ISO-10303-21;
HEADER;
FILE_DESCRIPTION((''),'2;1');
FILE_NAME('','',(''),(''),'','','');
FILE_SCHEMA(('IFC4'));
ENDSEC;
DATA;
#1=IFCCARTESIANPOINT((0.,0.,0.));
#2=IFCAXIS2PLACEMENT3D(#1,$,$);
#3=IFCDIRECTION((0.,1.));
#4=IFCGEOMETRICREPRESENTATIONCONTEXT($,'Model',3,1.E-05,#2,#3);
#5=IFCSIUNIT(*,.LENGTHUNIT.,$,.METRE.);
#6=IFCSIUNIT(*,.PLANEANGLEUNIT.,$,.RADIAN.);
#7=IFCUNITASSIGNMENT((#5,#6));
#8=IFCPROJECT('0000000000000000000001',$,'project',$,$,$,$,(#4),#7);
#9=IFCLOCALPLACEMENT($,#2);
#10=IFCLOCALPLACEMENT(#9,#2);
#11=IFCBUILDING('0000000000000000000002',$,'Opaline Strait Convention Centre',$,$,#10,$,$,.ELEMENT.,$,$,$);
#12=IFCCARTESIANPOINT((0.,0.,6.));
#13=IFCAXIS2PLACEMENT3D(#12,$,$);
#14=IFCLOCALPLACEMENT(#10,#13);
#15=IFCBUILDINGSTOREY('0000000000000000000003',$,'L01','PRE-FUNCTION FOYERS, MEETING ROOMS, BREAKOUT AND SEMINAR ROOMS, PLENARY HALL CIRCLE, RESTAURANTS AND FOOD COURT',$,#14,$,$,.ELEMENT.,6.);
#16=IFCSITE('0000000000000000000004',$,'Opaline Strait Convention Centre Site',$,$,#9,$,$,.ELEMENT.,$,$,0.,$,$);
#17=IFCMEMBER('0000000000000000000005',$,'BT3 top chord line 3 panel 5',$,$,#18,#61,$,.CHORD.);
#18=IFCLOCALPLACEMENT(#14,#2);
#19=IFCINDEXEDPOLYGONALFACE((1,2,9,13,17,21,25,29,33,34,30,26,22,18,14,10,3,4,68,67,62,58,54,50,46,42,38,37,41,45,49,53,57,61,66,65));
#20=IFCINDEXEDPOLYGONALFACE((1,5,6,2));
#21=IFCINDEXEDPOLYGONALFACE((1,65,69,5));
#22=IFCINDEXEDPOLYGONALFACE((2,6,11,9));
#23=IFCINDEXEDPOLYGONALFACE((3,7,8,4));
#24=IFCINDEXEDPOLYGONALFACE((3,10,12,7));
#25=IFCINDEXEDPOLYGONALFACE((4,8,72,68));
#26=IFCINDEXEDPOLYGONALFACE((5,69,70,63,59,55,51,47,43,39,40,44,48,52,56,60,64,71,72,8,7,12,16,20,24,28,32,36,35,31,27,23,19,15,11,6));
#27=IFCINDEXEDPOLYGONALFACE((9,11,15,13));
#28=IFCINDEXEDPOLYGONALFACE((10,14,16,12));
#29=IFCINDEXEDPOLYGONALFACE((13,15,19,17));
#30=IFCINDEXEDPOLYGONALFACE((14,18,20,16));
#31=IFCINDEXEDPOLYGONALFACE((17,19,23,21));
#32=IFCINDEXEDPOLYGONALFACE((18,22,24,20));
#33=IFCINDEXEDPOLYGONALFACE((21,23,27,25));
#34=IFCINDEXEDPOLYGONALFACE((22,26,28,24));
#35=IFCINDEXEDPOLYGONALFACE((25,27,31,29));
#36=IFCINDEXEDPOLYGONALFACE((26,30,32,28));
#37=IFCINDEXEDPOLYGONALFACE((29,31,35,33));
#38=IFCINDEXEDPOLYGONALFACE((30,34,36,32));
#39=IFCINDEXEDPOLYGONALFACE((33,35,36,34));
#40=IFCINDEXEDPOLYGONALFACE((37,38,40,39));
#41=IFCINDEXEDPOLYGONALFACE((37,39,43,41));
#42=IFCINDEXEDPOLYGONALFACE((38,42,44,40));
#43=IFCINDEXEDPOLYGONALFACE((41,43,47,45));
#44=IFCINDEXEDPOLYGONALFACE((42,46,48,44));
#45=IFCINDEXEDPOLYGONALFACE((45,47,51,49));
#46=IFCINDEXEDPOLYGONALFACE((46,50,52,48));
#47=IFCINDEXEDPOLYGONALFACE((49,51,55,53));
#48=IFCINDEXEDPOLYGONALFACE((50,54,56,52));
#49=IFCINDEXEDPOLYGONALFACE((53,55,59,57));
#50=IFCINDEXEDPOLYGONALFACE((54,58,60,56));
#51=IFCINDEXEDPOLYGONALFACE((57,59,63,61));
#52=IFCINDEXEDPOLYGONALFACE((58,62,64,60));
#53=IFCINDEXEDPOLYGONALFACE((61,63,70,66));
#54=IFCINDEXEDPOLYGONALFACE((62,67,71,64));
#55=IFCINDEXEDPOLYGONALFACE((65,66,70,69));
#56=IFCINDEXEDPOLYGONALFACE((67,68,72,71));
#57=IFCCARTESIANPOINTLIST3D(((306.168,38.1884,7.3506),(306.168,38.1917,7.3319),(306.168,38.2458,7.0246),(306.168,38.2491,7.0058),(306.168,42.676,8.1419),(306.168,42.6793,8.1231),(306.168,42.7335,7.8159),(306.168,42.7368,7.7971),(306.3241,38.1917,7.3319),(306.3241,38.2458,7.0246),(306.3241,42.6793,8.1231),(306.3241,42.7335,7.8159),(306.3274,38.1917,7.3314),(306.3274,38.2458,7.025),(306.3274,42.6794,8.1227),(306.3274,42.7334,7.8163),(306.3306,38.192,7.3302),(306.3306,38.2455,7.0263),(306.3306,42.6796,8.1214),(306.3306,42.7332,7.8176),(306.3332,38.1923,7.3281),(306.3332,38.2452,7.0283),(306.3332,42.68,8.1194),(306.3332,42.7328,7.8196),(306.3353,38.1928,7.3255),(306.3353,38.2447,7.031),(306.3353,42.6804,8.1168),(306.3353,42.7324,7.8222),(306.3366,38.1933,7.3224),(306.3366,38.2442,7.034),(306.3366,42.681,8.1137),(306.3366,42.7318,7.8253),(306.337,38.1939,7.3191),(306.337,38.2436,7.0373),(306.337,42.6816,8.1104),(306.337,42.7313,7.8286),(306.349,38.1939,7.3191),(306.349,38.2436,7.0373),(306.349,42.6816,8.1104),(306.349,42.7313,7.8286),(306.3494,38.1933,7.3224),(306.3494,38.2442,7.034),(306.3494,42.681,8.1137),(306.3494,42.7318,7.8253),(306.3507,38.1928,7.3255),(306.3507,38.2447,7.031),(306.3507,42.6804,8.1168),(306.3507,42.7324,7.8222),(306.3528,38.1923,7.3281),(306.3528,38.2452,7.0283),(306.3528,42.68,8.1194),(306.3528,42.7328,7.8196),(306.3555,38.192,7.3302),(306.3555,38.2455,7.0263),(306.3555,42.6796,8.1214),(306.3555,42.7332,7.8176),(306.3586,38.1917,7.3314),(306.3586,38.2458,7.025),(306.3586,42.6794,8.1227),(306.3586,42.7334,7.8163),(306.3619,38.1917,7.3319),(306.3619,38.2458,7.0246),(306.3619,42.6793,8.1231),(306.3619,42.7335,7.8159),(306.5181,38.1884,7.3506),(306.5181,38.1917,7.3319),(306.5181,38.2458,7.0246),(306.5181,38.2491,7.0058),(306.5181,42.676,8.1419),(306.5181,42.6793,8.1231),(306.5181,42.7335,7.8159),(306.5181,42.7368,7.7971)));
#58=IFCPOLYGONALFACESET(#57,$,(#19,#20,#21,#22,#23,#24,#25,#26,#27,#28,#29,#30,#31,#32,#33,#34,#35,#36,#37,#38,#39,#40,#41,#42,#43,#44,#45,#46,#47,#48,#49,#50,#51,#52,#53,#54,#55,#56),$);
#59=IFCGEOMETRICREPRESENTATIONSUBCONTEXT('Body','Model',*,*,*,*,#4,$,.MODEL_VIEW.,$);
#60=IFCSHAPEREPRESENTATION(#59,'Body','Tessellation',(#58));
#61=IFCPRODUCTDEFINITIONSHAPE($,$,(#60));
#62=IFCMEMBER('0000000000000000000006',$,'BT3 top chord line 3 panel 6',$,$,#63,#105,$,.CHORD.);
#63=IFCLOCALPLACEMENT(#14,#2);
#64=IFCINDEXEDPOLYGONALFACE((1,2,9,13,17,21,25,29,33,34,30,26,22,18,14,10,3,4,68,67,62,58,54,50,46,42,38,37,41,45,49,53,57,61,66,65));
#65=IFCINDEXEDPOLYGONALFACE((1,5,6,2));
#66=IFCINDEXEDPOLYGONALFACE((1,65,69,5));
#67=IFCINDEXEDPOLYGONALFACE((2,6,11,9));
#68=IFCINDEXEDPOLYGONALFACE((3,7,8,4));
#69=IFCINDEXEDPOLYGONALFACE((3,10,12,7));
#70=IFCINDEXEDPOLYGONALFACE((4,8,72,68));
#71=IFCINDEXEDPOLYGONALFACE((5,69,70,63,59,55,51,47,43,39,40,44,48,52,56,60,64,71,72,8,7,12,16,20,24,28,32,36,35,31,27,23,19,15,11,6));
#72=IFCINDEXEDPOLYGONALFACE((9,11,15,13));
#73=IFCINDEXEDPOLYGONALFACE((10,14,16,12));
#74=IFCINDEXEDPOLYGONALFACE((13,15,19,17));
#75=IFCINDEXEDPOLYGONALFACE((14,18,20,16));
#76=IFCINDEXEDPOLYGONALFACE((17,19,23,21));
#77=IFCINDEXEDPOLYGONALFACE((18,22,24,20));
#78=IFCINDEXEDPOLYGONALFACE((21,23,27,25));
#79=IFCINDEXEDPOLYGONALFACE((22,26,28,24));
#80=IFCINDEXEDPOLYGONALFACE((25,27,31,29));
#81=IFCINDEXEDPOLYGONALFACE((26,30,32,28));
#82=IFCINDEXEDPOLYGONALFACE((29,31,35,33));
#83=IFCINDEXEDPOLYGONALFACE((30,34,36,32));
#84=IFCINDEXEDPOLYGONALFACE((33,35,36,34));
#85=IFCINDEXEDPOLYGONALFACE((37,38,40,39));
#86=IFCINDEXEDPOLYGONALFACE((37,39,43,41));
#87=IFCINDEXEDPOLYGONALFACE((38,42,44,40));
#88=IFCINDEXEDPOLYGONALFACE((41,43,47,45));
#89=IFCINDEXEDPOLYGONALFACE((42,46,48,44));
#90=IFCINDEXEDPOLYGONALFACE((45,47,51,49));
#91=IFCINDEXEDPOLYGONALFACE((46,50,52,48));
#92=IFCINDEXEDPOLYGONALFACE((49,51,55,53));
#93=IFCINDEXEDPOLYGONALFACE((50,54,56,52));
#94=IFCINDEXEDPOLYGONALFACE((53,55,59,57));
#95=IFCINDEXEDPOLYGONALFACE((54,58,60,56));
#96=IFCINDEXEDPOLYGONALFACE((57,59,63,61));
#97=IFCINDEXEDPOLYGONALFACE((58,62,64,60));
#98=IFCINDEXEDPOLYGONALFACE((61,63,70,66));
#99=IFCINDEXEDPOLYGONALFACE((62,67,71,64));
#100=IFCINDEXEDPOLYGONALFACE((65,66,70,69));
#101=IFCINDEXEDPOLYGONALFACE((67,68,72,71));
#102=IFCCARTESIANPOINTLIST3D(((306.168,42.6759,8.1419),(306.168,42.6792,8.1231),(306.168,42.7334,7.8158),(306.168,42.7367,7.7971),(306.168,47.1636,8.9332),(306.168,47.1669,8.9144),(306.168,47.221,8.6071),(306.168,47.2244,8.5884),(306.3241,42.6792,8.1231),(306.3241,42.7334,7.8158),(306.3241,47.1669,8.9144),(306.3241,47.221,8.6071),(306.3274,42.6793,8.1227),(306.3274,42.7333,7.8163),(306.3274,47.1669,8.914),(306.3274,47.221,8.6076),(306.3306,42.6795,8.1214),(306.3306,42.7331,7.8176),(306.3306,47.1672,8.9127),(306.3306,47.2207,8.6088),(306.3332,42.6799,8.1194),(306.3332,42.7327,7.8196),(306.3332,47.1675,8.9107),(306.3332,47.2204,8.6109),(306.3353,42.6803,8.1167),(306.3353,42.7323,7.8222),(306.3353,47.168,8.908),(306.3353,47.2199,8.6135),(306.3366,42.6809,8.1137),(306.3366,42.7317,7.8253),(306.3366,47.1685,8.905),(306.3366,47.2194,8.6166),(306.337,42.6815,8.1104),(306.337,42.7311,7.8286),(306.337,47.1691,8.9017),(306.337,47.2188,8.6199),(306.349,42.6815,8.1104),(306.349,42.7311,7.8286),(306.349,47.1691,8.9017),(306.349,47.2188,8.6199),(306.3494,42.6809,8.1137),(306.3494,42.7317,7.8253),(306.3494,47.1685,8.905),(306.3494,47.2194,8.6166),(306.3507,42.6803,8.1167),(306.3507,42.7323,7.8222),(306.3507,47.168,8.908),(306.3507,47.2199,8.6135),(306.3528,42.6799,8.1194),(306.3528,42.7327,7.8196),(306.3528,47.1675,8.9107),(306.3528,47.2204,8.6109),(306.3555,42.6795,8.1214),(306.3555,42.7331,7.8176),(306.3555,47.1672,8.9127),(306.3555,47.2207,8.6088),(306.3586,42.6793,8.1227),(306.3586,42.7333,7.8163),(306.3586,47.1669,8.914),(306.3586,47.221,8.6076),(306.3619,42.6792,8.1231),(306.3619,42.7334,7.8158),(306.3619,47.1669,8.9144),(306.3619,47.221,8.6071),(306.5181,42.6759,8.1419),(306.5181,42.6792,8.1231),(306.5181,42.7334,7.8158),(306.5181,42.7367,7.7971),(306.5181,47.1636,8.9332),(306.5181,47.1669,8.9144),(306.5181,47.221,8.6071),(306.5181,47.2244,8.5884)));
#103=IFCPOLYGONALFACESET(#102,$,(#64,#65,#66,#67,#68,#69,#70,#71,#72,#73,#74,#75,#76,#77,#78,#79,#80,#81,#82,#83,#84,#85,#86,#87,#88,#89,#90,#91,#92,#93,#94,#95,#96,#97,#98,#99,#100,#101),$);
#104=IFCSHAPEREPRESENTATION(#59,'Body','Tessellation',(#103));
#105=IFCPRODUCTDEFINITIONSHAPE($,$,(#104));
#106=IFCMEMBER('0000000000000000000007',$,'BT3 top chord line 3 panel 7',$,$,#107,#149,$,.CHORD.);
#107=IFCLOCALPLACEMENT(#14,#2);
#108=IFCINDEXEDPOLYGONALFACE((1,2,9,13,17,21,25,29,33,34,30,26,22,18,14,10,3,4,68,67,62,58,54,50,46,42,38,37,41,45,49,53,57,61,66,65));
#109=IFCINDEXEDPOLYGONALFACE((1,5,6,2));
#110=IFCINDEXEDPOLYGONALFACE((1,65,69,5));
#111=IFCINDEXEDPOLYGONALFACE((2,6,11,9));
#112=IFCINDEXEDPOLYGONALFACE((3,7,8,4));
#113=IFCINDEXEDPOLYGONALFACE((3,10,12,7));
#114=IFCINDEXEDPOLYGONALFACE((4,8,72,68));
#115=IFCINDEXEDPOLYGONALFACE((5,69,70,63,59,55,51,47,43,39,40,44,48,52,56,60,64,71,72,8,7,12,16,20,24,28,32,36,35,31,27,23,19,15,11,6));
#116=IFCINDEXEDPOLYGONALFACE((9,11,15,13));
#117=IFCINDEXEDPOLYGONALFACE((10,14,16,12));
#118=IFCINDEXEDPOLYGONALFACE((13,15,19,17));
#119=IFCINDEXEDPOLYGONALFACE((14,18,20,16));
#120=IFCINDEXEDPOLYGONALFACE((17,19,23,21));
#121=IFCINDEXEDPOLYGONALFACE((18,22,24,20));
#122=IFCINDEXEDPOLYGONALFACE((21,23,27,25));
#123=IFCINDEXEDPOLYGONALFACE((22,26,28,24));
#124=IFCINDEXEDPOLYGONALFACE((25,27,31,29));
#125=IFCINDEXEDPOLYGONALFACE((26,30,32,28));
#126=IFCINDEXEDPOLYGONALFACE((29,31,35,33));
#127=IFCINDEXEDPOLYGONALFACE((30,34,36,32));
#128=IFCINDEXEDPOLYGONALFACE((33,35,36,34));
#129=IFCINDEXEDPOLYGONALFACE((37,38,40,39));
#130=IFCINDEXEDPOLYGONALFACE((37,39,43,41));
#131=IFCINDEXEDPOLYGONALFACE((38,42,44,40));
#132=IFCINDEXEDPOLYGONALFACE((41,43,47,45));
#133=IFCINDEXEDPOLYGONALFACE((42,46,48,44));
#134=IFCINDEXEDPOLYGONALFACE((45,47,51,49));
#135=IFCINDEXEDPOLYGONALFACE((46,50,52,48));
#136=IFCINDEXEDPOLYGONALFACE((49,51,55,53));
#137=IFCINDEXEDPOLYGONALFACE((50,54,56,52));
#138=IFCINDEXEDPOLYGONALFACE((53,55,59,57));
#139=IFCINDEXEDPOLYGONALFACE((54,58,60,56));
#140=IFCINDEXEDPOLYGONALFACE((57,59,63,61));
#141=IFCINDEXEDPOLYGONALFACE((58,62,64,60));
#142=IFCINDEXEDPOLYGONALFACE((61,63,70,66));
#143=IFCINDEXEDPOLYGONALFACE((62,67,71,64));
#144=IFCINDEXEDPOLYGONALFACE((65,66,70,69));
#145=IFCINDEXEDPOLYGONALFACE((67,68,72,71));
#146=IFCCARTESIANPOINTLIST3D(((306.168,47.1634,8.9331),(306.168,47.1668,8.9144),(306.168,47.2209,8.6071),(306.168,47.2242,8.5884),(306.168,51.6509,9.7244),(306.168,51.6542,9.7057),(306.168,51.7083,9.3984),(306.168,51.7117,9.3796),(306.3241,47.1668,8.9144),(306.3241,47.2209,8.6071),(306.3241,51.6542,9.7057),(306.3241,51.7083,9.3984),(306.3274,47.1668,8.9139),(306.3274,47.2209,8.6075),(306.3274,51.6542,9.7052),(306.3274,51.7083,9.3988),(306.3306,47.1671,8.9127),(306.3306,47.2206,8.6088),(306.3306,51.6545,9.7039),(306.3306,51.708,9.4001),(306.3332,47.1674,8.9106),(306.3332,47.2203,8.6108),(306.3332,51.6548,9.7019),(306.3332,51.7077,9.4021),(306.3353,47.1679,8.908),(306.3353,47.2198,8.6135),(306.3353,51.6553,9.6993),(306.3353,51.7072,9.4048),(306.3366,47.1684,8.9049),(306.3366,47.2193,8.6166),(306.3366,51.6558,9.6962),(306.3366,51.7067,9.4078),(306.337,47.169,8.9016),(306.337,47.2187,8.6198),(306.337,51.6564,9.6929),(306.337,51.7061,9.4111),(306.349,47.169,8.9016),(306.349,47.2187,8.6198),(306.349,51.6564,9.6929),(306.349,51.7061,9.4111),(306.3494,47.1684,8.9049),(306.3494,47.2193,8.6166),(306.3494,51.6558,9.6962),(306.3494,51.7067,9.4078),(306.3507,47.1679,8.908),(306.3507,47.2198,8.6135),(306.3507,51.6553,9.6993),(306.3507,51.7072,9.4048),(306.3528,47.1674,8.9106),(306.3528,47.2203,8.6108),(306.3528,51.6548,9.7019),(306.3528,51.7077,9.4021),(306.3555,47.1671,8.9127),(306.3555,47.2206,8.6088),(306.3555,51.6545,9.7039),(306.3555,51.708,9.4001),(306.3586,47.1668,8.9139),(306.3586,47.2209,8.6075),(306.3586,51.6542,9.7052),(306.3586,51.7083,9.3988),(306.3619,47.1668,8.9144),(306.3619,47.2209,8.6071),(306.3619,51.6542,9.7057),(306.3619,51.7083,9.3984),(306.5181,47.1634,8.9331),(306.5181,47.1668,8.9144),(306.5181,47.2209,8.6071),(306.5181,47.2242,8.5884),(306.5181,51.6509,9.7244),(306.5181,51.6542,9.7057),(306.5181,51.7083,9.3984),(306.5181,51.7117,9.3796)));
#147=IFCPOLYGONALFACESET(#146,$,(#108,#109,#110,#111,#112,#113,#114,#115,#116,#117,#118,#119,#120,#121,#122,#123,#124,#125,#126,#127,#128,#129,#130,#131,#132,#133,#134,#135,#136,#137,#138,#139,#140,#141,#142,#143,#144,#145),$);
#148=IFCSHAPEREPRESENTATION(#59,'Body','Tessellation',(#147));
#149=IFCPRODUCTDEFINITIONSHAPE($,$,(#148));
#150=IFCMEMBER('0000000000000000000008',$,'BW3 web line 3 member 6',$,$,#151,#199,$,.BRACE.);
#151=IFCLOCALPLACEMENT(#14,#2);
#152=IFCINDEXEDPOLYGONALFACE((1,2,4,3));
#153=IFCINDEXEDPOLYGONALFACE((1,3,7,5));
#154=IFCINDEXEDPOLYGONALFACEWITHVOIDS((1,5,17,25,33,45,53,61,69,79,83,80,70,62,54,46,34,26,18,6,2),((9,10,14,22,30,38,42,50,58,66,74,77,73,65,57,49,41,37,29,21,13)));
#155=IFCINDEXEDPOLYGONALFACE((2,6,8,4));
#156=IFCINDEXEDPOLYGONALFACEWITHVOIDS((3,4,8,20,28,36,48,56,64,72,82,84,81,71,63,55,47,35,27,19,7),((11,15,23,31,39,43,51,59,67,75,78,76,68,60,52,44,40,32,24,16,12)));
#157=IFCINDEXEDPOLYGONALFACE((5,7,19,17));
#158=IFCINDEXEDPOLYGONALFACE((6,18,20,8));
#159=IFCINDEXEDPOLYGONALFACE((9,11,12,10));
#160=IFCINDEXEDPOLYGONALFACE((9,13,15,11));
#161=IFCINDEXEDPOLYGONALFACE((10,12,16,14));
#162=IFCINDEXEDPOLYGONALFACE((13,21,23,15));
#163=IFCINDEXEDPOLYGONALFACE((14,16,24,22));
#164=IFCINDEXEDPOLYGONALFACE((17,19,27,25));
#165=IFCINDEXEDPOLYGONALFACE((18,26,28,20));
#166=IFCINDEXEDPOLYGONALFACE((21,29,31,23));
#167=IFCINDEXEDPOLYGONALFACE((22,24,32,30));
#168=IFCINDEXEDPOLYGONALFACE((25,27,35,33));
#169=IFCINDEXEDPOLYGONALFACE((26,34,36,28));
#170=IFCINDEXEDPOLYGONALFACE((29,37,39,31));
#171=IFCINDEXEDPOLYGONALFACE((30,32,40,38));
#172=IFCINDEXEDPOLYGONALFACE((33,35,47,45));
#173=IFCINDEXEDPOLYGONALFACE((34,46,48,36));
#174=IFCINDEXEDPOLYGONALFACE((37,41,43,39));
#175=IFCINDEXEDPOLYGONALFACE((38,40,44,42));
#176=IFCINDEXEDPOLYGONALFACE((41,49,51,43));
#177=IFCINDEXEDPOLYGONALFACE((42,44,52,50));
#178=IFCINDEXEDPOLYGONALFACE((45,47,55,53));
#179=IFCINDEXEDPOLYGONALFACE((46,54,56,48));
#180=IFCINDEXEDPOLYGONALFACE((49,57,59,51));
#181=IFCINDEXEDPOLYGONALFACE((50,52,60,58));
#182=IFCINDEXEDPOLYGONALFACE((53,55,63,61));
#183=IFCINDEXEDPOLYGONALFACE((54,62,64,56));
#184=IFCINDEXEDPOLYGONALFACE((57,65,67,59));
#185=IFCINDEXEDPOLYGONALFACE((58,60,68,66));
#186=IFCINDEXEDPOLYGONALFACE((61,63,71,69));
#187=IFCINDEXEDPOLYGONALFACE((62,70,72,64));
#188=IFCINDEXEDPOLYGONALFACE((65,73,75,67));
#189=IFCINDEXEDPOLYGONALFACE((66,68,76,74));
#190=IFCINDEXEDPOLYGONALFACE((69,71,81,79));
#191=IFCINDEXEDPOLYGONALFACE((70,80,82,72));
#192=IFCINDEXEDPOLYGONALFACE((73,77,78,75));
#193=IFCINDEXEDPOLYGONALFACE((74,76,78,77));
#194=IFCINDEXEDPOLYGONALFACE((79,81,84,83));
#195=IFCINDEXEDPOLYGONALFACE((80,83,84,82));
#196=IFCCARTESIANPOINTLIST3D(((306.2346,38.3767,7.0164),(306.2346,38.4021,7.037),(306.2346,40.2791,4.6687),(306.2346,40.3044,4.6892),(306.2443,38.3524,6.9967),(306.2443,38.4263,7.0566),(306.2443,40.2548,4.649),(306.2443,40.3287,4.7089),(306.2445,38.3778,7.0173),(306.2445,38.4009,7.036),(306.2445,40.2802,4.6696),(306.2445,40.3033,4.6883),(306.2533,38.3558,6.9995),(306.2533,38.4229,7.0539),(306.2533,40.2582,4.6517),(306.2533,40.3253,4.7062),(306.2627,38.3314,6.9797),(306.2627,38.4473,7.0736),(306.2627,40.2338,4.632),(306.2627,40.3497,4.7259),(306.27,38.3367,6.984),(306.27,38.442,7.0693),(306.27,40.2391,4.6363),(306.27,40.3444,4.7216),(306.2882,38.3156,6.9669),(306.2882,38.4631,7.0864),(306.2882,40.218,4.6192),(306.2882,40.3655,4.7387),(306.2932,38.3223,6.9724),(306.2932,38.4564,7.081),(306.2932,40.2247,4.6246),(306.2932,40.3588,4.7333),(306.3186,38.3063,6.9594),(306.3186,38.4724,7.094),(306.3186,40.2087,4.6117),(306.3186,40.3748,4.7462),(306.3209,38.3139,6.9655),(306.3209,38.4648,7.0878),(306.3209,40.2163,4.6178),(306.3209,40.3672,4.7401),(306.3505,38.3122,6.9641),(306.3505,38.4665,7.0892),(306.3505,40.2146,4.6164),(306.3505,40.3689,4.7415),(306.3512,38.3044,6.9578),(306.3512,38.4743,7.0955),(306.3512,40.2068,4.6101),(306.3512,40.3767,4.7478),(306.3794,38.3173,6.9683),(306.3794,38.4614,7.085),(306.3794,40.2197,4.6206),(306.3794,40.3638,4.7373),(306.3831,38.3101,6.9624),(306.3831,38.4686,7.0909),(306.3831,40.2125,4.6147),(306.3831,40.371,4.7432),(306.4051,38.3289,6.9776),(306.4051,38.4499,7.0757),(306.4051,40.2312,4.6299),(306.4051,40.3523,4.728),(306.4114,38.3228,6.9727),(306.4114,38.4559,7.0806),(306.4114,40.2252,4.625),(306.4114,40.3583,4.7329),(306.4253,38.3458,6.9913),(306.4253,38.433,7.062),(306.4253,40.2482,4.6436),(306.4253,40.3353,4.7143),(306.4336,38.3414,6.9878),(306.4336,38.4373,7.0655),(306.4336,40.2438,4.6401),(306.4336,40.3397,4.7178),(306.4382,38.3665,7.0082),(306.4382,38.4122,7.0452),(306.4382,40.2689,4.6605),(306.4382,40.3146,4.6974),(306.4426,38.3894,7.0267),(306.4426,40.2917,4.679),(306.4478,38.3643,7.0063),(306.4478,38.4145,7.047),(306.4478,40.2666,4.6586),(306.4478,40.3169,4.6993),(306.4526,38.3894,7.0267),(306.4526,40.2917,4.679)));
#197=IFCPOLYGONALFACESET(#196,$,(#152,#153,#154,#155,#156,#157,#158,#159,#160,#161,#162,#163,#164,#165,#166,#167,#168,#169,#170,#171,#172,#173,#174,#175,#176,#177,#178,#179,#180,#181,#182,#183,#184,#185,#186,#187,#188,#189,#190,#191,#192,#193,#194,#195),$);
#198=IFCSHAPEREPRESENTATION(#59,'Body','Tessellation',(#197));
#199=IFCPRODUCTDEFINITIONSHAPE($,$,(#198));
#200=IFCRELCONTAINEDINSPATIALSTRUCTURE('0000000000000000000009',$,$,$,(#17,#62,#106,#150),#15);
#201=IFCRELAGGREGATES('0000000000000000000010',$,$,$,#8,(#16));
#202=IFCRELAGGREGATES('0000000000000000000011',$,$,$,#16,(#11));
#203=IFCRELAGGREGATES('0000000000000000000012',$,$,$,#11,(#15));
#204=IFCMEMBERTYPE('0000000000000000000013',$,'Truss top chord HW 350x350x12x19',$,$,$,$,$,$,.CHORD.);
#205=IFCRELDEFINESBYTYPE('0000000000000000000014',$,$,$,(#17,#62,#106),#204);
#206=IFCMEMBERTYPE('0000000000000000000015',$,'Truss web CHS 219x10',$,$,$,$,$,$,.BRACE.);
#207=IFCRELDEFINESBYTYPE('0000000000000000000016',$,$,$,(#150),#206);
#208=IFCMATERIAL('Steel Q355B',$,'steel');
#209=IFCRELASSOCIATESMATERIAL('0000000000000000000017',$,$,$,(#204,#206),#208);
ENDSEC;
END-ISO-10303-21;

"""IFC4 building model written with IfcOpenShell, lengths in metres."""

from ifc_helpers import new_model, si_unit, direction, frame, origin, origin_2d, place, context, subcontext, project, spatial, hollow_circle, i_section, extrude, material, material_profile, profile_set, type_object, element, save


model = new_model("IFC4")

# Units and contexts
model_context = context("Model", 3, precision=1e-05, world=origin(), true_north=direction((0.0, 1.0)))
body_context = subcontext(model_context, "Body", "Model", "MODEL_VIEW")
ifc_project = project(units=[si_unit("LENGTHUNIT", "METRE"), si_unit("PLANEANGLEUNIT", "RADIAN")], contexts=[model_context])

# Site, building, storey
site_placement = place(None, origin())
site = spatial("IfcSite", under=ifc_project, at=site_placement, Name="Opaline Strait Convention Centre Site", CompositionType="ELEMENT", RefElevation=0.0)
building_placement = place(site_placement, origin())
building = spatial("IfcBuilding", under=site, at=building_placement, Name="Opaline Strait Convention Centre", CompositionType="ELEMENT")
storey_placement = place(building_placement, frame((0.0, 0.0, 6.0)))
storey = spatial("IfcBuildingStorey", under=building, at=storey_placement, Name="L01", Description="PRE-FUNCTION FOYERS, MEETING ROOMS, BREAKOUT AND SEMINAR ROOMS, PLENARY HALL CIRCLE, RESTAURANTS AND FOOD COURT", CompositionType="ELEMENT", Elevation=6.0)

# Members
ifc_material_1 = material(Name="Steel Q355B", Category="steel")
ifc_material_profile_1 = material_profile(ifc_material_1, i_section(OverallWidth=0.3501, OverallDepth=0.3501, WebThickness=0.012, FlangeThickness=0.019, FilletRadius=0.0129, at=origin_2d()), Name="HW 350x350x12x19")
ifc_profile_set_1 = profile_set([ifc_material_profile_1], Name="Steel Q355B")
member_type_1 = type_object("IfcMemberType", Name="Truss top chord HW 350x350x12x19", PredefinedType="CHORD", material=ifc_profile_set_1)
for number, where, z_axis, x_axis, name in (
    (1, (306.343, 38.2188, 7.1782), (0.0, 0.984808, 0.173645), (-1.0, 0.0, 0.0), "BT3 top chord line 3 panel 5"),
    (2, (306.343, 42.7063, 7.9695), (0.0, 0.984808, 0.173645), (-1.0, 0.0, 0.0), "BT3 top chord line 3 panel 6"),
):
    element("IfcMember", number, at=place(storey_placement, frame(where, z_axis=z_axis, x_axis=x_axis)), inside=storey, type_object=member_type_1, Name=name, PredefinedType="CHORD", context=body_context, shape_type="SweptSolid", body=[
        extrude(i_section(OverallWidth=0.3501, OverallDepth=0.3501, WebThickness=0.012, FlangeThickness=0.019, FilletRadius=0.0129, at=origin_2d()), origin(), (0.0, 0.0, 1.0), 4.5569),
    ])
member_1_placement = place(storey_placement, frame((306.343, 47.1938, 8.7607), z_axis=(0.0, 0.984807, 0.173654), x_axis=(-1.0, 0.0, 0.0)))
element("IfcMember", 3, at=member_1_placement, inside=storey, type_object=member_type_1, Name="BT3 top chord line 3 panel 7", PredefinedType="CHORD", context=body_context, shape_type="SweptSolid", body=[
    extrude(i_section(OverallWidth=0.3501, OverallDepth=0.3501, WebThickness=0.012, FlangeThickness=0.019, FilletRadius=0.0129, at=origin_2d()), origin(), (0.0, 0.0, 1.0), 4.5566),
])
ifc_material_profile_2 = material_profile(ifc_material_1, hollow_circle(Radius=0.1096, WallThickness=0.01, at=origin_2d()), Name="CHS 219x10")
ifc_profile_set_2 = profile_set([ifc_material_profile_2], Name="Steel Q355B")
member_type_2 = type_object("IfcMemberType", Name="Truss web CHS 219x10", PredefinedType="BRACE", material=ifc_profile_set_2)
member_2_placement = place(storey_placement, frame((306.343, 40.2917, 4.679), z_axis=(0.0, -0.62957, 0.776944), x_axis=(1.0, 0.0, 0.0)))
element("IfcMember", 4, at=member_2_placement, inside=storey, type_object=member_type_2, Name="BW3 web line 3 member 6", PredefinedType="BRACE", context=body_context, shape_type="SweptSolid", body=[
    extrude(hollow_circle(Radius=0.1096, WallThickness=0.01, at=origin_2d()), origin(), (0.0, 0.0, 1.0), 3.0217),
])

save(model, "model.ifc")
